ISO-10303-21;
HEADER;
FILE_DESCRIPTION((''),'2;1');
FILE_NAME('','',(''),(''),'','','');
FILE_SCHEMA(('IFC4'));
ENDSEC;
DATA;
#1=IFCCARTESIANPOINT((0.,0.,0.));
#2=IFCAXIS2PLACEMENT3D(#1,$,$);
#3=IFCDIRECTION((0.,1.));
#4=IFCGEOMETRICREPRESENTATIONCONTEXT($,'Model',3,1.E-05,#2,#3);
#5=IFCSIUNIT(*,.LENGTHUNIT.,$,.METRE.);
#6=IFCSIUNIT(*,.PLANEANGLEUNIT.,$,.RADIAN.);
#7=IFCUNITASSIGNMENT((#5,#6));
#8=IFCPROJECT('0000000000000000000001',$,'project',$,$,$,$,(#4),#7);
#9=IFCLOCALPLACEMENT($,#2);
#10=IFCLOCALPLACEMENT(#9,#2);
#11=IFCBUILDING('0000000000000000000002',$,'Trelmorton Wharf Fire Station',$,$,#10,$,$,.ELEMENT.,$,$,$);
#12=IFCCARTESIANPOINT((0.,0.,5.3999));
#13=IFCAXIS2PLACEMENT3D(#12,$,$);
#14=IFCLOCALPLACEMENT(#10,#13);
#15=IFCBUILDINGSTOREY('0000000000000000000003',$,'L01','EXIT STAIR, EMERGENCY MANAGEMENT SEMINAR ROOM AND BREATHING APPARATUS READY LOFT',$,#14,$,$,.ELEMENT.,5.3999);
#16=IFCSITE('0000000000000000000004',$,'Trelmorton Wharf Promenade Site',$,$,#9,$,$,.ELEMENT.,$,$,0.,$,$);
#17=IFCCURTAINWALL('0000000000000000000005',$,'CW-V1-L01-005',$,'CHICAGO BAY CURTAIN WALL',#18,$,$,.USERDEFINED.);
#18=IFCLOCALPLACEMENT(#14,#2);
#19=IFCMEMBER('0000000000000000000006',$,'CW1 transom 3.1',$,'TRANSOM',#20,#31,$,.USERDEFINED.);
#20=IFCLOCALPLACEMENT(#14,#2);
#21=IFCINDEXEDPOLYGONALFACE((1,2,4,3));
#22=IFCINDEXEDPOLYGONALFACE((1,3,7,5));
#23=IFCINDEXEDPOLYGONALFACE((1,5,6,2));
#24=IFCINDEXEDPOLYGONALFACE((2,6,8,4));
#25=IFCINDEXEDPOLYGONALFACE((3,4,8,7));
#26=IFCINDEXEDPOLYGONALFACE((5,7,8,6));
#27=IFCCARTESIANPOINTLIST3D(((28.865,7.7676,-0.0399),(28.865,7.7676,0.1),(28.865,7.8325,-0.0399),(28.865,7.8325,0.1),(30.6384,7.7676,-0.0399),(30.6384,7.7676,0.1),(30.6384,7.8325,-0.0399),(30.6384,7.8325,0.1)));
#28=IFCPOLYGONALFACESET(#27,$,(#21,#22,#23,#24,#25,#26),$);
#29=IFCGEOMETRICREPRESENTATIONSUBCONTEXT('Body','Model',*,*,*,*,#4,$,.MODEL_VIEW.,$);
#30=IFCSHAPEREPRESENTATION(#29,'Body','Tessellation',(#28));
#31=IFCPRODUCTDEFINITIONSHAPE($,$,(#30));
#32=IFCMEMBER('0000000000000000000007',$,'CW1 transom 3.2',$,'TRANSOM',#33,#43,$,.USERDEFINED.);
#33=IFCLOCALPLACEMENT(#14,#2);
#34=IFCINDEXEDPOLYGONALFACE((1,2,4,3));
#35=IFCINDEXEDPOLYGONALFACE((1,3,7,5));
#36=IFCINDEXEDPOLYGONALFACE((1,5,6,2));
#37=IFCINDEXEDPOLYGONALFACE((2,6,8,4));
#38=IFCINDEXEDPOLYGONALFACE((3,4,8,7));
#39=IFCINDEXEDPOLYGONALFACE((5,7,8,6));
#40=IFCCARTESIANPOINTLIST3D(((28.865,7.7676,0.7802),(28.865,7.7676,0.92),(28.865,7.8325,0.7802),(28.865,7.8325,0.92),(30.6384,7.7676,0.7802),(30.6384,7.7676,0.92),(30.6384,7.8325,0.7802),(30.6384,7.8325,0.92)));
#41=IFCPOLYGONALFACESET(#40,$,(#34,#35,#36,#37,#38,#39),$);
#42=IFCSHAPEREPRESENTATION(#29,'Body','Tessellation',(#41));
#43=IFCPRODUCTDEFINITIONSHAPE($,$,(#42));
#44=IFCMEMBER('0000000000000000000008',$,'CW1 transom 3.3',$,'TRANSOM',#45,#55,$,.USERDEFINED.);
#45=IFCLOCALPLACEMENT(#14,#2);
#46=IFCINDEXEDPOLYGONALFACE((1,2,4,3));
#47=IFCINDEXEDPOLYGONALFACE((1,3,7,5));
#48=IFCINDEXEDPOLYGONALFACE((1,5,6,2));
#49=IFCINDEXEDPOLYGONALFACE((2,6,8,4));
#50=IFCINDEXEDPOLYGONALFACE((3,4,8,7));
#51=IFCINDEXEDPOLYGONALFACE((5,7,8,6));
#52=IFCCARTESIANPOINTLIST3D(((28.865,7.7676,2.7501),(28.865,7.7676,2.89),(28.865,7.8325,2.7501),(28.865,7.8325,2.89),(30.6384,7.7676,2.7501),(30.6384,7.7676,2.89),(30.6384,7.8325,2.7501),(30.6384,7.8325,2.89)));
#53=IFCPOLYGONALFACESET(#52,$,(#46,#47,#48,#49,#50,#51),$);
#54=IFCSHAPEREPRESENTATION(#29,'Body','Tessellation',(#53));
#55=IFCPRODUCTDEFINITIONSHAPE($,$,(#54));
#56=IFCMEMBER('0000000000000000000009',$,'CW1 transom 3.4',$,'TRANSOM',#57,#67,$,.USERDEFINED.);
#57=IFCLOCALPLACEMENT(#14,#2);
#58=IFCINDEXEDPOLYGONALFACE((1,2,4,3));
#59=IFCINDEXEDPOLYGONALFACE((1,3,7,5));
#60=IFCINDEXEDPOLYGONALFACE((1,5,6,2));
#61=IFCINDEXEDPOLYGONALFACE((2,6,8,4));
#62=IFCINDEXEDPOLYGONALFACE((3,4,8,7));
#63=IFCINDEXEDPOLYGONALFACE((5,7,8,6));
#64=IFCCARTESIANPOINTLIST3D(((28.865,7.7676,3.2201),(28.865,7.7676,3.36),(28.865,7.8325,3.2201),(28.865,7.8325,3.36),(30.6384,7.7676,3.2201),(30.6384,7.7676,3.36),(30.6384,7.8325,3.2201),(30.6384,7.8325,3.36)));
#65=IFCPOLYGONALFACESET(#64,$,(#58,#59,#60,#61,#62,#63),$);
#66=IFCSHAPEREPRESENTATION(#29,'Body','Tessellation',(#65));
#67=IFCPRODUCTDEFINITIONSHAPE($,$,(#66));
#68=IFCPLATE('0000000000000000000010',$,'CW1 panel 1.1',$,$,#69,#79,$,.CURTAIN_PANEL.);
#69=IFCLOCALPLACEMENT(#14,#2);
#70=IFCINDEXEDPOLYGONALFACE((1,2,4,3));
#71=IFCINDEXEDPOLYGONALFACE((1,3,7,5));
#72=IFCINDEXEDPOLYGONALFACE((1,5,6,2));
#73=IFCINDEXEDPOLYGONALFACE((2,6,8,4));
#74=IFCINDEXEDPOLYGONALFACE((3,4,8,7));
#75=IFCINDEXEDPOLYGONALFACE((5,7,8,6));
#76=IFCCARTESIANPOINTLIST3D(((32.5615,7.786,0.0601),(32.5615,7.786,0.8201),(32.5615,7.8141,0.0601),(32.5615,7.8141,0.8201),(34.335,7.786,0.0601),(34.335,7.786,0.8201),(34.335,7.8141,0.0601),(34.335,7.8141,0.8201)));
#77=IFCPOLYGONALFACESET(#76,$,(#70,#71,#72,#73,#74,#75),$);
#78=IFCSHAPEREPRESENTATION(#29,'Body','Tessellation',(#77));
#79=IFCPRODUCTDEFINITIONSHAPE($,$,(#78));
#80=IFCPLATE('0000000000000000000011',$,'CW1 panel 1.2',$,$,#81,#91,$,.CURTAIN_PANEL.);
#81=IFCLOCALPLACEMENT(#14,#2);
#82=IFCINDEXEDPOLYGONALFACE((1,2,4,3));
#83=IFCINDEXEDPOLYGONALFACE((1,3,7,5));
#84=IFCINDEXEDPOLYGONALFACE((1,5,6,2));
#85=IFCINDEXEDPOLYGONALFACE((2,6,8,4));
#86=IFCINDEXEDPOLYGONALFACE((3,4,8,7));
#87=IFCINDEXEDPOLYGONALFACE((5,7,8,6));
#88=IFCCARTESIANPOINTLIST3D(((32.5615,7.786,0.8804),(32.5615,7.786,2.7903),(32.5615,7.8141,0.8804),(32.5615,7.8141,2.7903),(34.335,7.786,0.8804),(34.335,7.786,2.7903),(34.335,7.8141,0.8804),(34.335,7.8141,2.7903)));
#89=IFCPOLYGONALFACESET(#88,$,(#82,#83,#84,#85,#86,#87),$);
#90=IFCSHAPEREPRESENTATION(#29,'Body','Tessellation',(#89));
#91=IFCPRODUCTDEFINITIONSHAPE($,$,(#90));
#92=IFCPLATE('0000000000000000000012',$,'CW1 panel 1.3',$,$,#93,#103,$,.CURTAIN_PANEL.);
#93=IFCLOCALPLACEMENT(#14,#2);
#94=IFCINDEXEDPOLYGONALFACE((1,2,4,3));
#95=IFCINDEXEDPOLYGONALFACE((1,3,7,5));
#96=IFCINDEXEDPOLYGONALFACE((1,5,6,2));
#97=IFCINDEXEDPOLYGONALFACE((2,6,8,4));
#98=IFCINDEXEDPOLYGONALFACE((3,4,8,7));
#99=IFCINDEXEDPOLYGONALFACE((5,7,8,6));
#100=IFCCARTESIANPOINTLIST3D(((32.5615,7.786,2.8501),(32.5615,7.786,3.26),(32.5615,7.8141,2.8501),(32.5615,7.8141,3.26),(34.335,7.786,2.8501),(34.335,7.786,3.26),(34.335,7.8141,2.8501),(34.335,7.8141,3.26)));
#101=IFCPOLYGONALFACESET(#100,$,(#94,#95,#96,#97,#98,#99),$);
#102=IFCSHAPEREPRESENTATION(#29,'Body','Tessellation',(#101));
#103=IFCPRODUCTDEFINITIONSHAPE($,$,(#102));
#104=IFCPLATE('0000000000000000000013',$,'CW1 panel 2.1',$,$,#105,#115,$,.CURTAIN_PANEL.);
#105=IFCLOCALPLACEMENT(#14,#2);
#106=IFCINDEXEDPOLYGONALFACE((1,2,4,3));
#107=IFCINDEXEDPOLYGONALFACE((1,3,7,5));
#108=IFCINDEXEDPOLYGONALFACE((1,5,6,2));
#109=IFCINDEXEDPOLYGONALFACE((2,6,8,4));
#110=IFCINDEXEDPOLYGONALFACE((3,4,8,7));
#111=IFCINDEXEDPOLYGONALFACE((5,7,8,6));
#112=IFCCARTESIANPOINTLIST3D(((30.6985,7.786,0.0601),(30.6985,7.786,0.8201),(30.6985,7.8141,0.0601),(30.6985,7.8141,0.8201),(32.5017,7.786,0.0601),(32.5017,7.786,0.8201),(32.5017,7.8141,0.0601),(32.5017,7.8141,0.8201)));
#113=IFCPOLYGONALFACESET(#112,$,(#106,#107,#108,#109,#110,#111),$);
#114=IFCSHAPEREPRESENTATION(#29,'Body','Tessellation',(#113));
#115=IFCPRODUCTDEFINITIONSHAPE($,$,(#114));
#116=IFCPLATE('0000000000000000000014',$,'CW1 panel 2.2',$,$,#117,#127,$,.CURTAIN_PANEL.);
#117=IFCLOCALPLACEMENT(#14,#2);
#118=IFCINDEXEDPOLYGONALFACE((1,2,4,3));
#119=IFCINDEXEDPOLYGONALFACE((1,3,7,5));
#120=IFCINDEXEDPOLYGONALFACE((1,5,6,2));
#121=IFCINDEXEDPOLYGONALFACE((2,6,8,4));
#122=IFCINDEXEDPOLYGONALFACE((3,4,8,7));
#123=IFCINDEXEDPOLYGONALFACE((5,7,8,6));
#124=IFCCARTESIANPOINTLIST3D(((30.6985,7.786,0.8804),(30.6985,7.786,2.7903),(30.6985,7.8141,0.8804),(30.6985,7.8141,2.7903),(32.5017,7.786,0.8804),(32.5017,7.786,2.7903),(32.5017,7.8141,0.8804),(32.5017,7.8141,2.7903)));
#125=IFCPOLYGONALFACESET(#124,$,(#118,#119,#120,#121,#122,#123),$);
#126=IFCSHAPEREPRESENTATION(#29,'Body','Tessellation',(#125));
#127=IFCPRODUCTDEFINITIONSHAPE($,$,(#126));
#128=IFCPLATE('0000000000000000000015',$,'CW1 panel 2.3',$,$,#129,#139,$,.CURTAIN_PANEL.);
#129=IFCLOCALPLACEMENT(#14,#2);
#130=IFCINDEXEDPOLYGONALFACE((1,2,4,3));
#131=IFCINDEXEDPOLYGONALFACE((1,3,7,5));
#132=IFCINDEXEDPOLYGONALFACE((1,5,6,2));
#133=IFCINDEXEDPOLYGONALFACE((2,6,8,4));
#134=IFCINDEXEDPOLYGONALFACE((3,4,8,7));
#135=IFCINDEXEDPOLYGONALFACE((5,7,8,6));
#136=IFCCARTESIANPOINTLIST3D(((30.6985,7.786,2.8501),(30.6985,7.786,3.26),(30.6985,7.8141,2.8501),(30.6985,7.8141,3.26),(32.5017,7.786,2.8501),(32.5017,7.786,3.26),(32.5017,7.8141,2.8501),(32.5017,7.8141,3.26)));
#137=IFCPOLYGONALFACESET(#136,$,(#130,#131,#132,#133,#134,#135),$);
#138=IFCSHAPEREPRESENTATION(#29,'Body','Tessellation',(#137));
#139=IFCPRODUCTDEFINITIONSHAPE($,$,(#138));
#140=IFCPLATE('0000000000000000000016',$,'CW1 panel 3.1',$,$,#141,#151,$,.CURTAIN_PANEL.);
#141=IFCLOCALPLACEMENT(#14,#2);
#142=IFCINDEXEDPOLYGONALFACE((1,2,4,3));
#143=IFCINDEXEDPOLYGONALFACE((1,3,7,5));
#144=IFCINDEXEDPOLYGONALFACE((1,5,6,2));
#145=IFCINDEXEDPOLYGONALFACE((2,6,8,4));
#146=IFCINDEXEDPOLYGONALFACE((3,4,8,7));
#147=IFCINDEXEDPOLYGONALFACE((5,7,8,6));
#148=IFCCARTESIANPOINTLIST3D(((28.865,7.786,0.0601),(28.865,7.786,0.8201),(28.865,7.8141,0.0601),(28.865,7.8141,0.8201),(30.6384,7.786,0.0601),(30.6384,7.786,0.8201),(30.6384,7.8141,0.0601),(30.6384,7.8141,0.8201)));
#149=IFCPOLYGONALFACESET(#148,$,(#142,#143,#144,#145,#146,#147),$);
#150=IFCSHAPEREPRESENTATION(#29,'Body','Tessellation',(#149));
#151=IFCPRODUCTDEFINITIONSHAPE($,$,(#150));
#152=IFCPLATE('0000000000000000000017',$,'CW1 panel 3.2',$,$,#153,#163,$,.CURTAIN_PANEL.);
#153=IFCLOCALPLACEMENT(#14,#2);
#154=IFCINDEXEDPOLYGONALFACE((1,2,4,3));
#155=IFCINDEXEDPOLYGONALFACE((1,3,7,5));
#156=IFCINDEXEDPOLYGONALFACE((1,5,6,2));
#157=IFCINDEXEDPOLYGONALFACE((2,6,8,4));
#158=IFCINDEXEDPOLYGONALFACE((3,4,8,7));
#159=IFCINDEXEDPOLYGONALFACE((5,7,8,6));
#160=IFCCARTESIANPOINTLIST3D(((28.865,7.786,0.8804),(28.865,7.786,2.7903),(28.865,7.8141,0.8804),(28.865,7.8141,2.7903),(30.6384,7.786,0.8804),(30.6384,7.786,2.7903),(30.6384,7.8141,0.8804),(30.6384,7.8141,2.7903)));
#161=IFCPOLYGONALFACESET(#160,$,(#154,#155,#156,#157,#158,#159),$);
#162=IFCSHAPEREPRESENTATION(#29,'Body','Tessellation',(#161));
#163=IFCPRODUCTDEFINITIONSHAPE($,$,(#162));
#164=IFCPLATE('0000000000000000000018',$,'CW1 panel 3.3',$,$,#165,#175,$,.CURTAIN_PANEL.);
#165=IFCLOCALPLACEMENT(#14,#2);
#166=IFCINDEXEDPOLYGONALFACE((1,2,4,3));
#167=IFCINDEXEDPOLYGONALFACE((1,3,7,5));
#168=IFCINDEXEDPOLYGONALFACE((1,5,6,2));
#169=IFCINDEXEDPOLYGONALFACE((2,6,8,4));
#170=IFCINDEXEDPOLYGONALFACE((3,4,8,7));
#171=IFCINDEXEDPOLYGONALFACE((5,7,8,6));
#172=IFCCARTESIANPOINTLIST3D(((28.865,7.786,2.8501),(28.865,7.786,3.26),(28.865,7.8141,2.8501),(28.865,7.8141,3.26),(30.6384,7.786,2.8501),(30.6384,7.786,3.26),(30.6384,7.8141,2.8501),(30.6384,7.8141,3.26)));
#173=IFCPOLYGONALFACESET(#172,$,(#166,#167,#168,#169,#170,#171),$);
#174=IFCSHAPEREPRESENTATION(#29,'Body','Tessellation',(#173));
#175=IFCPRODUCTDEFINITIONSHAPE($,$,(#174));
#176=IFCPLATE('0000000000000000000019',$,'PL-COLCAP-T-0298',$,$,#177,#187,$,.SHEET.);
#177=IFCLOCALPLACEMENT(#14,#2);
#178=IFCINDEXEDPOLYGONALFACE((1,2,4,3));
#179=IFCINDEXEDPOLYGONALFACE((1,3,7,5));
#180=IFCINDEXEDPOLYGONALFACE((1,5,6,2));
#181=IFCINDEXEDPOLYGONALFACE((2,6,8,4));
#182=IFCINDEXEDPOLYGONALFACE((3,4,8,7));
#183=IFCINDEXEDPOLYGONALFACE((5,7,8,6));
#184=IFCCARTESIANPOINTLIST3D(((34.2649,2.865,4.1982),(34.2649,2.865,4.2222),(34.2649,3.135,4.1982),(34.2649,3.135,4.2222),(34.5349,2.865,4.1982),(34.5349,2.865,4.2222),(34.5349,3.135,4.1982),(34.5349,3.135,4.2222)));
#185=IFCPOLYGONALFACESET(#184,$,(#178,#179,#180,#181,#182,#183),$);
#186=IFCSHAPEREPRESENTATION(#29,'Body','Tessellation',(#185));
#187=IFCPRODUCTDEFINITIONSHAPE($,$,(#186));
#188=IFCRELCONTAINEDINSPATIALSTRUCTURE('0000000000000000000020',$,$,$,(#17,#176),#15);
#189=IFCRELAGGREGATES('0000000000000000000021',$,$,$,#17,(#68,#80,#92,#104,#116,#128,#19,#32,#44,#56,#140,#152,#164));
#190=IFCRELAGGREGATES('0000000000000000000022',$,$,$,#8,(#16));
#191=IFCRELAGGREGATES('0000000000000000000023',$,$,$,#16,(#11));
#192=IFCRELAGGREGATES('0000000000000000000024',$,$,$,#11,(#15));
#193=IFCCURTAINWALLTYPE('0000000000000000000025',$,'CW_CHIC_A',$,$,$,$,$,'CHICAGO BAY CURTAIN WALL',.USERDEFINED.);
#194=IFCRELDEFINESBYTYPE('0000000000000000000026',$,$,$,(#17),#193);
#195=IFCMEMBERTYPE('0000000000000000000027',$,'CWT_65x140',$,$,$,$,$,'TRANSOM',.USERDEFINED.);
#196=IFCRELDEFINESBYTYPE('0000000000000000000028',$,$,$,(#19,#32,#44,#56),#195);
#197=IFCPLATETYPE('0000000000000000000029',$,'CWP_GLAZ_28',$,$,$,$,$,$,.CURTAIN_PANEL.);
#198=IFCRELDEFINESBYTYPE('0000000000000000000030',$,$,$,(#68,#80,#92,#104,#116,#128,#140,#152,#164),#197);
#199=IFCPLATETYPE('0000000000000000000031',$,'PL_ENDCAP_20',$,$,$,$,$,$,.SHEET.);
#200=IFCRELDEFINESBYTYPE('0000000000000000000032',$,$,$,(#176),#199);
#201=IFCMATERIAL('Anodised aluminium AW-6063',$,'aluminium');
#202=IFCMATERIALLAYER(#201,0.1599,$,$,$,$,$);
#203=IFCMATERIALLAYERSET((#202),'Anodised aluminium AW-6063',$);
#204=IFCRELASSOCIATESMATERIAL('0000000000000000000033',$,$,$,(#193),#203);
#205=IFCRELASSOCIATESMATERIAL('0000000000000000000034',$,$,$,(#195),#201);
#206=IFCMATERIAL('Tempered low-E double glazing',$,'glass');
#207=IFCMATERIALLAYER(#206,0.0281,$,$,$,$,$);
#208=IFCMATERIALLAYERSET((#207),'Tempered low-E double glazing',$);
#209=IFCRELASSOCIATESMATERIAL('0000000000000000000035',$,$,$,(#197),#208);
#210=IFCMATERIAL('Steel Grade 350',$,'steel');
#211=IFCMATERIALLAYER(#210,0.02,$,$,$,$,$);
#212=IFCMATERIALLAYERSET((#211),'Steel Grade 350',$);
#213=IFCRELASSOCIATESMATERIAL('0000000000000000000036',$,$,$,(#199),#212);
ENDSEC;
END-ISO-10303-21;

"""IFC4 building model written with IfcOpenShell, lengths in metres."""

from ifc_helpers import new_model, si_unit, direction, frame, origin, origin_2d, place, context, subcontext, project, spatial, rectangle, extrude, material, layer, layer_set, material_profile, profile_set, type_object, element, aggregate, save


model = new_model("IFC4")

# Units and contexts
model_context = context("Model", 3, precision=1e-05, world=origin(), true_north=direction((0.0, 1.0)))
body_context = subcontext(model_context, "Body", "Model", "MODEL_VIEW")
ifc_project = project(units=[si_unit("LENGTHUNIT", "METRE"), si_unit("PLANEANGLEUNIT", "RADIAN")], contexts=[model_context])

# Site, building, storey
site_placement = place(None, origin())
site = spatial("IfcSite", under=ifc_project, at=site_placement, Name="Trelmorton Wharf Promenade Site", CompositionType="ELEMENT", RefElevation=0.0)
building_placement = place(site_placement, origin())
building = spatial("IfcBuilding", under=site, at=building_placement, Name="Trelmorton Wharf Fire Station", CompositionType="ELEMENT")
storey_placement = place(building_placement, frame((0.0, 0.0, 5.3999)))
storey = spatial("IfcBuildingStorey", under=building, at=storey_placement, Name="L01", Description="EXIT STAIR, EMERGENCY MANAGEMENT SEMINAR ROOM AND BREATHING APPARATUS READY LOFT", CompositionType="ELEMENT", Elevation=5.3999)

# Curtain wall, members, plates
ifc_material_1 = material(Name="Anodised aluminium AW-6063", Category="aluminium")
ifc_layer_1 = layer(ifc_material_1, 0.1599)
ifc_layer_set_1 = layer_set([ifc_layer_1], Name="Anodised aluminium AW-6063")
curtain_wall_type = type_object("IfcCurtainWallType", Name="CW_CHIC_A", ElementType="CHICAGO BAY CURTAIN WALL", PredefinedType="USERDEFINED", material=ifc_layer_set_1)
curtain_wall_placement = place(storey_placement, origin())
curtain_wall = element("IfcCurtainWall", 1, at=curtain_wall_placement, inside=storey, type_object=curtain_wall_type, Name="CW-V1-L01-005", ObjectType="CHICAGO BAY CURTAIN WALL", PredefinedType="USERDEFINED")
ifc_material_profile_1 = material_profile(ifc_material_1, rectangle(XDim=0.0649, YDim=0.1399, at=origin_2d()), Name="ALU-65x140")
ifc_profile_set_1 = profile_set([ifc_material_profile_1], Name="Anodised aluminium AW-6063")
member_type_1 = type_object("IfcMemberType", Name="CWT_65x140", ElementType="TRANSOM", PredefinedType="USERDEFINED", material=ifc_profile_set_1)
member_1_placement = place(storey_placement, frame((30.6384, 7.8, 0.03), z_axis=(-1.0, 0.0, 0.0), x_axis=(0.0, -1.0, 0.0)))
member_1 = element("IfcMember", 2, at=member_1_placement, type_object=member_type_1, Name="CW1 transom 3.1", ObjectType="TRANSOM", PredefinedType="USERDEFINED", context=body_context, shape_type="SweptSolid", body=[
    extrude(rectangle(XDim=0.0649, YDim=0.1399, at=origin_2d()), origin(), (0.0, 0.0, 1.0), 1.7734),
])
member_2_placement = place(storey_placement, frame((30.6384, 7.8, 0.8501), z_axis=(-1.0, 0.0, 0.0), x_axis=(0.0, -1.0, 0.0)))
member_2 = element("IfcMember", 3, at=member_2_placement, type_object=member_type_1, Name="CW1 transom 3.2", ObjectType="TRANSOM", PredefinedType="USERDEFINED", context=body_context, shape_type="SweptSolid", body=[
    extrude(rectangle(XDim=0.0649, YDim=0.1399, at=origin_2d()), origin(), (0.0, 0.0, 1.0), 1.7734),
])
member_3_placement = place(storey_placement, frame((30.6384, 7.8, 2.8201), z_axis=(-1.0, 0.0, 0.0), x_axis=(0.0, -1.0, 0.0)))
member_3 = element("IfcMember", 4, at=member_3_placement, type_object=member_type_1, Name="CW1 transom 3.3", ObjectType="TRANSOM", PredefinedType="USERDEFINED", context=body_context, shape_type="SweptSolid", body=[
    extrude(rectangle(XDim=0.0649, YDim=0.1399, at=origin_2d()), origin(), (0.0, 0.0, 1.0), 1.7734),
])
member_4_placement = place(storey_placement, frame((30.6384, 7.8, 3.29), z_axis=(-1.0, 0.0, 0.0), x_axis=(0.0, -1.0, 0.0)))
member_4 = element("IfcMember", 5, at=member_4_placement, type_object=member_type_1, Name="CW1 transom 3.4", ObjectType="TRANSOM", PredefinedType="USERDEFINED", context=body_context, shape_type="SweptSolid", body=[
    extrude(rectangle(XDim=0.0649, YDim=0.1399, at=origin_2d()), origin(), (0.0, 0.0, 1.0), 1.7734),
])
ifc_material_2 = material(Name="Tempered low-E double glazing", Category="glass")
ifc_layer_2 = layer(ifc_material_2, 0.0281)
ifc_layer_set_2 = layer_set([ifc_layer_2], Name="Tempered low-E double glazing")
plate_type_1 = type_object("IfcPlateType", Name="CWP_GLAZ_28", PredefinedType="CURTAIN_PANEL", material=ifc_layer_set_2)
plate_1_placement = place(storey_placement, frame((33.4482, 7.8, 0.0601), z_axis=(0.0, 0.0, 1.0), x_axis=(-1.0, 0.0, 0.0)))
plate_1 = element("IfcPlate", 6, at=plate_1_placement, type_object=plate_type_1, Name="CW1 panel 1.1", PredefinedType="CURTAIN_PANEL", context=body_context, shape_type="SweptSolid", body=[
    extrude(rectangle(XDim=1.7734, YDim=0.0281, at=origin_2d()), origin(), (0.0, 0.0, 1.0), 0.76),
])
plate_2_placement = place(storey_placement, frame((33.4482, 7.8, 0.8804), z_axis=(0.0, 0.0, 1.0), x_axis=(-1.0, 0.0, 0.0)))
plate_2 = element("IfcPlate", 7, at=plate_2_placement, type_object=plate_type_1, Name="CW1 panel 1.2", PredefinedType="CURTAIN_PANEL", context=body_context, shape_type="SweptSolid", body=[
    extrude(rectangle(XDim=1.7734, YDim=0.0281, at=origin_2d()), origin(), (0.0, 0.0, 1.0), 1.9099),
])
plate_3_placement = place(storey_placement, frame((33.4482, 7.8, 2.8501), z_axis=(0.0, 0.0, 1.0), x_axis=(-1.0, 0.0, 0.0)))
plate_3 = element("IfcPlate", 8, at=plate_3_placement, type_object=plate_type_1, Name="CW1 panel 1.3", PredefinedType="CURTAIN_PANEL", context=body_context, shape_type="SweptSolid", body=[
    extrude(rectangle(XDim=1.7734, YDim=0.0281, at=origin_2d()), origin(), (0.0, 0.0, 1.0), 0.4099),
])
plate_4_placement = place(storey_placement, frame((31.6001, 7.8, 0.0601), z_axis=(0.0, 0.0, 1.0), x_axis=(-1.0, 0.0, 0.0)))
plate_4 = element("IfcPlate", 9, at=plate_4_placement, type_object=plate_type_1, Name="CW1 panel 2.1", PredefinedType="CURTAIN_PANEL", context=body_context, shape_type="SweptSolid", body=[
    extrude(rectangle(XDim=1.8032, YDim=0.0281, at=origin_2d()), origin(), (0.0, 0.0, 1.0), 0.76),
])
plate_5_placement = place(storey_placement, frame((31.6001, 7.8, 0.8804), z_axis=(0.0, 0.0, 1.0), x_axis=(-1.0, 0.0, 0.0)))
plate_5 = element("IfcPlate", 10, at=plate_5_placement, type_object=plate_type_1, Name="CW1 panel 2.2", PredefinedType="CURTAIN_PANEL", context=body_context, shape_type="SweptSolid", body=[
    extrude(rectangle(XDim=1.8032, YDim=0.0281, at=origin_2d()), origin(), (0.0, 0.0, 1.0), 1.9099),
])
plate_6_placement = place(storey_placement, frame((31.6001, 7.8, 2.8501), z_axis=(0.0, 0.0, 1.0), x_axis=(-1.0, 0.0, 0.0)))
plate_6 = element("IfcPlate", 11, at=plate_6_placement, type_object=plate_type_1, Name="CW1 panel 2.3", PredefinedType="CURTAIN_PANEL", context=body_context, shape_type="SweptSolid", body=[
    extrude(rectangle(XDim=1.8032, YDim=0.0281, at=origin_2d()), origin(), (0.0, 0.0, 1.0), 0.4099),
])
plate_7_placement = place(storey_placement, frame((29.7517, 7.8, 0.0601), z_axis=(0.0, 0.0, 1.0), x_axis=(-1.0, 0.0, 0.0)))
plate_7 = element("IfcPlate", 12, at=plate_7_placement, type_object=plate_type_1, Name="CW1 panel 3.1", PredefinedType="CURTAIN_PANEL", context=body_context, shape_type="SweptSolid", body=[
    extrude(rectangle(XDim=1.7734, YDim=0.0281, at=origin_2d()), origin(), (0.0, 0.0, 1.0), 0.76),
])
plate_8_placement = place(storey_placement, frame((29.7517, 7.8, 0.8804), z_axis=(0.0, 0.0, 1.0), x_axis=(-1.0, 0.0, 0.0)))
plate_8 = element("IfcPlate", 13, at=plate_8_placement, type_object=plate_type_1, Name="CW1 panel 3.2", PredefinedType="CURTAIN_PANEL", context=body_context, shape_type="SweptSolid", body=[
    extrude(rectangle(XDim=1.7734, YDim=0.0281, at=origin_2d()), origin(), (0.0, 0.0, 1.0), 1.9099),
])
plate_9_placement = place(storey_placement, frame((29.7517, 7.8, 2.8501), z_axis=(0.0, 0.0, 1.0), x_axis=(-1.0, 0.0, 0.0)))
plate_9 = element("IfcPlate", 14, at=plate_9_placement, type_object=plate_type_1, Name="CW1 panel 3.3", PredefinedType="CURTAIN_PANEL", context=body_context, shape_type="SweptSolid", body=[
    extrude(rectangle(XDim=1.7734, YDim=0.0281, at=origin_2d()), origin(), (0.0, 0.0, 1.0), 0.4099),
])
aggregate(curtain_wall, [plate_1, plate_2, plate_3, plate_4, plate_5, plate_6, member_1, member_2, member_3, member_4, plate_7, plate_8, plate_9])

# Plate
ifc_material_3 = material(Name="Steel Grade 350", Category="steel")
ifc_layer_3 = layer(ifc_material_3, 0.02)
ifc_layer_set_3 = layer_set([ifc_layer_3], Name="Steel Grade 350")
plate_type_2 = type_object("IfcPlateType", Name="PL_ENDCAP_20", PredefinedType="SHEET", material=ifc_layer_set_3)
plate_10_placement = place(storey_placement, frame((34.3999, 3.0, 4.1982), z_axis=(0.0, 0.0, 1.0), x_axis=(1.0, 0.0, 0.0)))
element("IfcPlate", 15, at=plate_10_placement, inside=storey, type_object=plate_type_2, Name="PL-COLCAP-T-0298", PredefinedType="SHEET", context=body_context, shape_type="SweptSolid", body=[
    extrude(rectangle(XDim=0.27, YDim=0.27, at=origin_2d()), origin(), (0.0, 0.0, 1.0), 0.0239),
])

save(model, "model.ifc")
